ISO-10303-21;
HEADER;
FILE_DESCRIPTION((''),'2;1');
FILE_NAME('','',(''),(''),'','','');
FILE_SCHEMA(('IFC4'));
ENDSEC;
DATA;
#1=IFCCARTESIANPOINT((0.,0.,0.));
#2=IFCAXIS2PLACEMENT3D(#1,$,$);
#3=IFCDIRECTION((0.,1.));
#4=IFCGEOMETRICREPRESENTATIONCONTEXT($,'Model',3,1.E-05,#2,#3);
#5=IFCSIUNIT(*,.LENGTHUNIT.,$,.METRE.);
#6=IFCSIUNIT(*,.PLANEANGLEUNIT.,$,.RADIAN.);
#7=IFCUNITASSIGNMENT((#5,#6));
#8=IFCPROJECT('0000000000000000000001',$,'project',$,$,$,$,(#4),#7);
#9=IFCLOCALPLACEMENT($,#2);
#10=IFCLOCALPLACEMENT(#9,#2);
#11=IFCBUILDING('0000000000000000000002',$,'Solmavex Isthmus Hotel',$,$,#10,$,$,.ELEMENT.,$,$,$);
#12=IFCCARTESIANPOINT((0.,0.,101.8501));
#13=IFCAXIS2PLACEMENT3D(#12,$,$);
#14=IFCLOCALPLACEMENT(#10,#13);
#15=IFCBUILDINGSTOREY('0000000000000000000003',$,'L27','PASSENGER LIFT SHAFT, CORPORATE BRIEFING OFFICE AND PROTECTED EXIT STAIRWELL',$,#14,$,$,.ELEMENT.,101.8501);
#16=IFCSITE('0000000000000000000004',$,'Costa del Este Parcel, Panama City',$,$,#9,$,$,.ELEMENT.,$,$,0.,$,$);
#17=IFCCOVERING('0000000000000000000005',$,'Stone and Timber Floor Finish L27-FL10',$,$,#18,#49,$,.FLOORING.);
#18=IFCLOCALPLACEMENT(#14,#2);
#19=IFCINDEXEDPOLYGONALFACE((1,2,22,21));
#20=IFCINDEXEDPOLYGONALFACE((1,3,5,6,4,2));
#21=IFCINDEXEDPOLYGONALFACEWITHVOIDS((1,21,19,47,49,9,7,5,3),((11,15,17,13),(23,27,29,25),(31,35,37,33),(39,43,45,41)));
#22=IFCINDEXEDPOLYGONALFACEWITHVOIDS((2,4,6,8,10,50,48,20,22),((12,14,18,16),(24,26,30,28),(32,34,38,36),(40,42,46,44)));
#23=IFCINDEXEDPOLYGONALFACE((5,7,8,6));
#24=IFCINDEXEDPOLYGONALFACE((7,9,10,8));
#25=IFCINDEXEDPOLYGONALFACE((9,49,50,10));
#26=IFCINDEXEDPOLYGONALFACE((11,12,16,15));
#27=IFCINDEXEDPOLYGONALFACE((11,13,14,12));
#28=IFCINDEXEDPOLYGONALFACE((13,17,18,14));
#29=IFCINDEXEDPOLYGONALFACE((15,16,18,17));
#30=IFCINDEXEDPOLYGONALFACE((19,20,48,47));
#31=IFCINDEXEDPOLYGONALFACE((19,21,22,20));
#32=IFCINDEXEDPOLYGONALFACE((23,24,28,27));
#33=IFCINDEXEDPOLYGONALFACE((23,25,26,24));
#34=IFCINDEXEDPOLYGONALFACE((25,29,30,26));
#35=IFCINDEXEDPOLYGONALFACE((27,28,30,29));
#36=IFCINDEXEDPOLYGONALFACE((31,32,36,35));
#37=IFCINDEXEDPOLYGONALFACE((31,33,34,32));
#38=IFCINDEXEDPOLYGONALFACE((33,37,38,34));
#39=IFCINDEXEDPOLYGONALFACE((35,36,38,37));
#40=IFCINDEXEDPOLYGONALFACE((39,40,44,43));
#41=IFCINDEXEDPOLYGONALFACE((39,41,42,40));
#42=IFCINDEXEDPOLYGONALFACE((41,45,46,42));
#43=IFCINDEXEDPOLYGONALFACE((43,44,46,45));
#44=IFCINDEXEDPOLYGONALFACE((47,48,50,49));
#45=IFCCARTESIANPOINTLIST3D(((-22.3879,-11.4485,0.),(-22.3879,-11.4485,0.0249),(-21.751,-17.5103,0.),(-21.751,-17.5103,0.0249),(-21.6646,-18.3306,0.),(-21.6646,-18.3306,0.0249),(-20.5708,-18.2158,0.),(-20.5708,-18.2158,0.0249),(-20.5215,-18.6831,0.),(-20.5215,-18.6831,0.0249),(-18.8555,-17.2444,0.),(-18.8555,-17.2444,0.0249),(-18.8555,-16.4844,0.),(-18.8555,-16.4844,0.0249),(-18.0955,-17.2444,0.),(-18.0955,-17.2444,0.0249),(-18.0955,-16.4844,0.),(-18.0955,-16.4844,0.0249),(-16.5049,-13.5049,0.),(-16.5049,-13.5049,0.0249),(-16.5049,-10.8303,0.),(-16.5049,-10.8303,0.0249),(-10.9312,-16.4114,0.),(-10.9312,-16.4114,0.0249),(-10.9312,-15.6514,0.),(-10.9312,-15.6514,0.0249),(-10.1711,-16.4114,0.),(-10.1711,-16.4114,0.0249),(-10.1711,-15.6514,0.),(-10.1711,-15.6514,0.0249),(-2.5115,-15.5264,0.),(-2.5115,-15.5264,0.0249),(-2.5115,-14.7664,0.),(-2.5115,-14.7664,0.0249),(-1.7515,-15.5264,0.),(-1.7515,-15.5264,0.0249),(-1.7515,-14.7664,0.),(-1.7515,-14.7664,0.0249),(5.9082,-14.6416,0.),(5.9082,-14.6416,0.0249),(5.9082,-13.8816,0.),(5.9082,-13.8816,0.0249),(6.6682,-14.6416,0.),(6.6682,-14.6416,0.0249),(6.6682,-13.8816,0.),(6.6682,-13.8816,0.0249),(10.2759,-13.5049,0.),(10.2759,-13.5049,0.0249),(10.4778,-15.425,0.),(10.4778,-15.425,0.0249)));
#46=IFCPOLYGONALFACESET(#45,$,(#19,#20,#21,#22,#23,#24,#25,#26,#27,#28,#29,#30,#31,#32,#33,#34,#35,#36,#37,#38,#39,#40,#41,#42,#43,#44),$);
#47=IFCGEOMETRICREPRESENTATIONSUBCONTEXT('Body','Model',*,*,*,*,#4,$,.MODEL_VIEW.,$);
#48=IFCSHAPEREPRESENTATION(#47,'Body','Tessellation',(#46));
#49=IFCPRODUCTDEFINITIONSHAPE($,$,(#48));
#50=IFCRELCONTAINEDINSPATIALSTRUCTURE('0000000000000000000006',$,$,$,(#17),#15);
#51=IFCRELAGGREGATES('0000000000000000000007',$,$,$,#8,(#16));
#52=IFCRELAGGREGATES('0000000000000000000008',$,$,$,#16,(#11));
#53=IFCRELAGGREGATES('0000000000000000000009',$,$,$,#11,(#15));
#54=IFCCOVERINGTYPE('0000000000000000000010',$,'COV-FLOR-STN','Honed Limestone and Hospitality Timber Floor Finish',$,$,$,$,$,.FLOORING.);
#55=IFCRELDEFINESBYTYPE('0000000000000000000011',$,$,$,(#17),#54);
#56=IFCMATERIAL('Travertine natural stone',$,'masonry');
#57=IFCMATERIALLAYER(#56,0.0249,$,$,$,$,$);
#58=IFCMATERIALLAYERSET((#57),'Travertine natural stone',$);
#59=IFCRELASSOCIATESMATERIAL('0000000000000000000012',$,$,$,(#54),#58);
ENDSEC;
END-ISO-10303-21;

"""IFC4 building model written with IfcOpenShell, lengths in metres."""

from ifc_helpers import new_model, si_unit, direction, frame, origin, place, context, subcontext, project, spatial, polyline, outline, extrude, material, layer, layer_set, type_object, element, save


model = new_model("IFC4")

# Units and contexts
model_context = context("Model", 3, precision=1e-05, world=origin(), true_north=direction((0.0, 1.0)))
body_context = subcontext(model_context, "Body", "Model", "MODEL_VIEW")
ifc_project = project(units=[si_unit("LENGTHUNIT", "METRE"), si_unit("PLANEANGLEUNIT", "RADIAN")], contexts=[model_context])

# Site, building, storey
site_placement = place(None, origin())
site = spatial("IfcSite", under=ifc_project, at=site_placement, Name="Costa del Este Parcel, Panama City", CompositionType="ELEMENT", RefElevation=0.0)
building_placement = place(site_placement, origin())
building = spatial("IfcBuilding", under=site, at=building_placement, Name="Solmavex Isthmus Hotel", CompositionType="ELEMENT")
storey_placement = place(building_placement, frame((0.0, 0.0, 101.8501)))
storey = spatial("IfcBuildingStorey", under=building, at=storey_placement, Name="L27", Description="PASSENGER LIFT SHAFT, CORPORATE BRIEFING OFFICE AND PROTECTED EXIT STAIRWELL", CompositionType="ELEMENT", Elevation=101.8501)

# Covering
ifc_material_1 = material(Name="Travertine natural stone", Category="masonry")
ifc_layer_1 = layer(ifc_material_1, 0.0249)
ifc_layer_set_1 = layer_set([ifc_layer_1], Name="Travertine natural stone")
covering_type_1 = type_object("IfcCoveringType", Name="COV-FLOR-STN", Description="Honed Limestone and Hospitality Timber Floor Finish", PredefinedType="FLOORING", material=ifc_layer_set_1)
covering_1_placement = place(storey_placement, origin())
element("IfcCovering", 1, at=covering_1_placement, inside=storey, type_object=covering_type_1, Name="Stone and Timber Floor Finish L27-FL10", PredefinedType="FLOORING", context=body_context, shape_type="SweptSolid", body=[
    extrude(outline(polyline([(-20.5708, -18.2158), (-20.5215, -18.6831), (10.4778, -15.425), (10.2759, -13.5049), (-16.5049, -13.5049), (-16.5049, -10.8303), (-22.3879, -11.4485), (-21.751, -17.5103), (-21.6646, -18.3306), (-20.5708, -18.2158)]), holes=[polyline([(5.9082, -14.6416), (5.9082, -13.8816), (6.6682, -13.8816), (6.6682, -14.6416), (5.9082, -14.6416)]), polyline([(-2.5115, -15.5264), (-2.5115, -14.7664), (-1.7515, -14.7664), (-1.7515, -15.5264), (-2.5115, -15.5264)]), polyline([(-10.9312, -16.4114), (-10.9312, -15.6514), (-10.1711, -15.6514), (-10.1711, -16.4114), (-10.9312, -16.4114)]), polyline([(-18.8555, -17.2444), (-18.8555, -16.4844), (-18.0955, -16.4844), (-18.0955, -17.2444), (-18.8555, -17.2444)])]), origin(), (0.0, 0.0, 1.0), 0.0249),
])

save(model, "model.ifc")
